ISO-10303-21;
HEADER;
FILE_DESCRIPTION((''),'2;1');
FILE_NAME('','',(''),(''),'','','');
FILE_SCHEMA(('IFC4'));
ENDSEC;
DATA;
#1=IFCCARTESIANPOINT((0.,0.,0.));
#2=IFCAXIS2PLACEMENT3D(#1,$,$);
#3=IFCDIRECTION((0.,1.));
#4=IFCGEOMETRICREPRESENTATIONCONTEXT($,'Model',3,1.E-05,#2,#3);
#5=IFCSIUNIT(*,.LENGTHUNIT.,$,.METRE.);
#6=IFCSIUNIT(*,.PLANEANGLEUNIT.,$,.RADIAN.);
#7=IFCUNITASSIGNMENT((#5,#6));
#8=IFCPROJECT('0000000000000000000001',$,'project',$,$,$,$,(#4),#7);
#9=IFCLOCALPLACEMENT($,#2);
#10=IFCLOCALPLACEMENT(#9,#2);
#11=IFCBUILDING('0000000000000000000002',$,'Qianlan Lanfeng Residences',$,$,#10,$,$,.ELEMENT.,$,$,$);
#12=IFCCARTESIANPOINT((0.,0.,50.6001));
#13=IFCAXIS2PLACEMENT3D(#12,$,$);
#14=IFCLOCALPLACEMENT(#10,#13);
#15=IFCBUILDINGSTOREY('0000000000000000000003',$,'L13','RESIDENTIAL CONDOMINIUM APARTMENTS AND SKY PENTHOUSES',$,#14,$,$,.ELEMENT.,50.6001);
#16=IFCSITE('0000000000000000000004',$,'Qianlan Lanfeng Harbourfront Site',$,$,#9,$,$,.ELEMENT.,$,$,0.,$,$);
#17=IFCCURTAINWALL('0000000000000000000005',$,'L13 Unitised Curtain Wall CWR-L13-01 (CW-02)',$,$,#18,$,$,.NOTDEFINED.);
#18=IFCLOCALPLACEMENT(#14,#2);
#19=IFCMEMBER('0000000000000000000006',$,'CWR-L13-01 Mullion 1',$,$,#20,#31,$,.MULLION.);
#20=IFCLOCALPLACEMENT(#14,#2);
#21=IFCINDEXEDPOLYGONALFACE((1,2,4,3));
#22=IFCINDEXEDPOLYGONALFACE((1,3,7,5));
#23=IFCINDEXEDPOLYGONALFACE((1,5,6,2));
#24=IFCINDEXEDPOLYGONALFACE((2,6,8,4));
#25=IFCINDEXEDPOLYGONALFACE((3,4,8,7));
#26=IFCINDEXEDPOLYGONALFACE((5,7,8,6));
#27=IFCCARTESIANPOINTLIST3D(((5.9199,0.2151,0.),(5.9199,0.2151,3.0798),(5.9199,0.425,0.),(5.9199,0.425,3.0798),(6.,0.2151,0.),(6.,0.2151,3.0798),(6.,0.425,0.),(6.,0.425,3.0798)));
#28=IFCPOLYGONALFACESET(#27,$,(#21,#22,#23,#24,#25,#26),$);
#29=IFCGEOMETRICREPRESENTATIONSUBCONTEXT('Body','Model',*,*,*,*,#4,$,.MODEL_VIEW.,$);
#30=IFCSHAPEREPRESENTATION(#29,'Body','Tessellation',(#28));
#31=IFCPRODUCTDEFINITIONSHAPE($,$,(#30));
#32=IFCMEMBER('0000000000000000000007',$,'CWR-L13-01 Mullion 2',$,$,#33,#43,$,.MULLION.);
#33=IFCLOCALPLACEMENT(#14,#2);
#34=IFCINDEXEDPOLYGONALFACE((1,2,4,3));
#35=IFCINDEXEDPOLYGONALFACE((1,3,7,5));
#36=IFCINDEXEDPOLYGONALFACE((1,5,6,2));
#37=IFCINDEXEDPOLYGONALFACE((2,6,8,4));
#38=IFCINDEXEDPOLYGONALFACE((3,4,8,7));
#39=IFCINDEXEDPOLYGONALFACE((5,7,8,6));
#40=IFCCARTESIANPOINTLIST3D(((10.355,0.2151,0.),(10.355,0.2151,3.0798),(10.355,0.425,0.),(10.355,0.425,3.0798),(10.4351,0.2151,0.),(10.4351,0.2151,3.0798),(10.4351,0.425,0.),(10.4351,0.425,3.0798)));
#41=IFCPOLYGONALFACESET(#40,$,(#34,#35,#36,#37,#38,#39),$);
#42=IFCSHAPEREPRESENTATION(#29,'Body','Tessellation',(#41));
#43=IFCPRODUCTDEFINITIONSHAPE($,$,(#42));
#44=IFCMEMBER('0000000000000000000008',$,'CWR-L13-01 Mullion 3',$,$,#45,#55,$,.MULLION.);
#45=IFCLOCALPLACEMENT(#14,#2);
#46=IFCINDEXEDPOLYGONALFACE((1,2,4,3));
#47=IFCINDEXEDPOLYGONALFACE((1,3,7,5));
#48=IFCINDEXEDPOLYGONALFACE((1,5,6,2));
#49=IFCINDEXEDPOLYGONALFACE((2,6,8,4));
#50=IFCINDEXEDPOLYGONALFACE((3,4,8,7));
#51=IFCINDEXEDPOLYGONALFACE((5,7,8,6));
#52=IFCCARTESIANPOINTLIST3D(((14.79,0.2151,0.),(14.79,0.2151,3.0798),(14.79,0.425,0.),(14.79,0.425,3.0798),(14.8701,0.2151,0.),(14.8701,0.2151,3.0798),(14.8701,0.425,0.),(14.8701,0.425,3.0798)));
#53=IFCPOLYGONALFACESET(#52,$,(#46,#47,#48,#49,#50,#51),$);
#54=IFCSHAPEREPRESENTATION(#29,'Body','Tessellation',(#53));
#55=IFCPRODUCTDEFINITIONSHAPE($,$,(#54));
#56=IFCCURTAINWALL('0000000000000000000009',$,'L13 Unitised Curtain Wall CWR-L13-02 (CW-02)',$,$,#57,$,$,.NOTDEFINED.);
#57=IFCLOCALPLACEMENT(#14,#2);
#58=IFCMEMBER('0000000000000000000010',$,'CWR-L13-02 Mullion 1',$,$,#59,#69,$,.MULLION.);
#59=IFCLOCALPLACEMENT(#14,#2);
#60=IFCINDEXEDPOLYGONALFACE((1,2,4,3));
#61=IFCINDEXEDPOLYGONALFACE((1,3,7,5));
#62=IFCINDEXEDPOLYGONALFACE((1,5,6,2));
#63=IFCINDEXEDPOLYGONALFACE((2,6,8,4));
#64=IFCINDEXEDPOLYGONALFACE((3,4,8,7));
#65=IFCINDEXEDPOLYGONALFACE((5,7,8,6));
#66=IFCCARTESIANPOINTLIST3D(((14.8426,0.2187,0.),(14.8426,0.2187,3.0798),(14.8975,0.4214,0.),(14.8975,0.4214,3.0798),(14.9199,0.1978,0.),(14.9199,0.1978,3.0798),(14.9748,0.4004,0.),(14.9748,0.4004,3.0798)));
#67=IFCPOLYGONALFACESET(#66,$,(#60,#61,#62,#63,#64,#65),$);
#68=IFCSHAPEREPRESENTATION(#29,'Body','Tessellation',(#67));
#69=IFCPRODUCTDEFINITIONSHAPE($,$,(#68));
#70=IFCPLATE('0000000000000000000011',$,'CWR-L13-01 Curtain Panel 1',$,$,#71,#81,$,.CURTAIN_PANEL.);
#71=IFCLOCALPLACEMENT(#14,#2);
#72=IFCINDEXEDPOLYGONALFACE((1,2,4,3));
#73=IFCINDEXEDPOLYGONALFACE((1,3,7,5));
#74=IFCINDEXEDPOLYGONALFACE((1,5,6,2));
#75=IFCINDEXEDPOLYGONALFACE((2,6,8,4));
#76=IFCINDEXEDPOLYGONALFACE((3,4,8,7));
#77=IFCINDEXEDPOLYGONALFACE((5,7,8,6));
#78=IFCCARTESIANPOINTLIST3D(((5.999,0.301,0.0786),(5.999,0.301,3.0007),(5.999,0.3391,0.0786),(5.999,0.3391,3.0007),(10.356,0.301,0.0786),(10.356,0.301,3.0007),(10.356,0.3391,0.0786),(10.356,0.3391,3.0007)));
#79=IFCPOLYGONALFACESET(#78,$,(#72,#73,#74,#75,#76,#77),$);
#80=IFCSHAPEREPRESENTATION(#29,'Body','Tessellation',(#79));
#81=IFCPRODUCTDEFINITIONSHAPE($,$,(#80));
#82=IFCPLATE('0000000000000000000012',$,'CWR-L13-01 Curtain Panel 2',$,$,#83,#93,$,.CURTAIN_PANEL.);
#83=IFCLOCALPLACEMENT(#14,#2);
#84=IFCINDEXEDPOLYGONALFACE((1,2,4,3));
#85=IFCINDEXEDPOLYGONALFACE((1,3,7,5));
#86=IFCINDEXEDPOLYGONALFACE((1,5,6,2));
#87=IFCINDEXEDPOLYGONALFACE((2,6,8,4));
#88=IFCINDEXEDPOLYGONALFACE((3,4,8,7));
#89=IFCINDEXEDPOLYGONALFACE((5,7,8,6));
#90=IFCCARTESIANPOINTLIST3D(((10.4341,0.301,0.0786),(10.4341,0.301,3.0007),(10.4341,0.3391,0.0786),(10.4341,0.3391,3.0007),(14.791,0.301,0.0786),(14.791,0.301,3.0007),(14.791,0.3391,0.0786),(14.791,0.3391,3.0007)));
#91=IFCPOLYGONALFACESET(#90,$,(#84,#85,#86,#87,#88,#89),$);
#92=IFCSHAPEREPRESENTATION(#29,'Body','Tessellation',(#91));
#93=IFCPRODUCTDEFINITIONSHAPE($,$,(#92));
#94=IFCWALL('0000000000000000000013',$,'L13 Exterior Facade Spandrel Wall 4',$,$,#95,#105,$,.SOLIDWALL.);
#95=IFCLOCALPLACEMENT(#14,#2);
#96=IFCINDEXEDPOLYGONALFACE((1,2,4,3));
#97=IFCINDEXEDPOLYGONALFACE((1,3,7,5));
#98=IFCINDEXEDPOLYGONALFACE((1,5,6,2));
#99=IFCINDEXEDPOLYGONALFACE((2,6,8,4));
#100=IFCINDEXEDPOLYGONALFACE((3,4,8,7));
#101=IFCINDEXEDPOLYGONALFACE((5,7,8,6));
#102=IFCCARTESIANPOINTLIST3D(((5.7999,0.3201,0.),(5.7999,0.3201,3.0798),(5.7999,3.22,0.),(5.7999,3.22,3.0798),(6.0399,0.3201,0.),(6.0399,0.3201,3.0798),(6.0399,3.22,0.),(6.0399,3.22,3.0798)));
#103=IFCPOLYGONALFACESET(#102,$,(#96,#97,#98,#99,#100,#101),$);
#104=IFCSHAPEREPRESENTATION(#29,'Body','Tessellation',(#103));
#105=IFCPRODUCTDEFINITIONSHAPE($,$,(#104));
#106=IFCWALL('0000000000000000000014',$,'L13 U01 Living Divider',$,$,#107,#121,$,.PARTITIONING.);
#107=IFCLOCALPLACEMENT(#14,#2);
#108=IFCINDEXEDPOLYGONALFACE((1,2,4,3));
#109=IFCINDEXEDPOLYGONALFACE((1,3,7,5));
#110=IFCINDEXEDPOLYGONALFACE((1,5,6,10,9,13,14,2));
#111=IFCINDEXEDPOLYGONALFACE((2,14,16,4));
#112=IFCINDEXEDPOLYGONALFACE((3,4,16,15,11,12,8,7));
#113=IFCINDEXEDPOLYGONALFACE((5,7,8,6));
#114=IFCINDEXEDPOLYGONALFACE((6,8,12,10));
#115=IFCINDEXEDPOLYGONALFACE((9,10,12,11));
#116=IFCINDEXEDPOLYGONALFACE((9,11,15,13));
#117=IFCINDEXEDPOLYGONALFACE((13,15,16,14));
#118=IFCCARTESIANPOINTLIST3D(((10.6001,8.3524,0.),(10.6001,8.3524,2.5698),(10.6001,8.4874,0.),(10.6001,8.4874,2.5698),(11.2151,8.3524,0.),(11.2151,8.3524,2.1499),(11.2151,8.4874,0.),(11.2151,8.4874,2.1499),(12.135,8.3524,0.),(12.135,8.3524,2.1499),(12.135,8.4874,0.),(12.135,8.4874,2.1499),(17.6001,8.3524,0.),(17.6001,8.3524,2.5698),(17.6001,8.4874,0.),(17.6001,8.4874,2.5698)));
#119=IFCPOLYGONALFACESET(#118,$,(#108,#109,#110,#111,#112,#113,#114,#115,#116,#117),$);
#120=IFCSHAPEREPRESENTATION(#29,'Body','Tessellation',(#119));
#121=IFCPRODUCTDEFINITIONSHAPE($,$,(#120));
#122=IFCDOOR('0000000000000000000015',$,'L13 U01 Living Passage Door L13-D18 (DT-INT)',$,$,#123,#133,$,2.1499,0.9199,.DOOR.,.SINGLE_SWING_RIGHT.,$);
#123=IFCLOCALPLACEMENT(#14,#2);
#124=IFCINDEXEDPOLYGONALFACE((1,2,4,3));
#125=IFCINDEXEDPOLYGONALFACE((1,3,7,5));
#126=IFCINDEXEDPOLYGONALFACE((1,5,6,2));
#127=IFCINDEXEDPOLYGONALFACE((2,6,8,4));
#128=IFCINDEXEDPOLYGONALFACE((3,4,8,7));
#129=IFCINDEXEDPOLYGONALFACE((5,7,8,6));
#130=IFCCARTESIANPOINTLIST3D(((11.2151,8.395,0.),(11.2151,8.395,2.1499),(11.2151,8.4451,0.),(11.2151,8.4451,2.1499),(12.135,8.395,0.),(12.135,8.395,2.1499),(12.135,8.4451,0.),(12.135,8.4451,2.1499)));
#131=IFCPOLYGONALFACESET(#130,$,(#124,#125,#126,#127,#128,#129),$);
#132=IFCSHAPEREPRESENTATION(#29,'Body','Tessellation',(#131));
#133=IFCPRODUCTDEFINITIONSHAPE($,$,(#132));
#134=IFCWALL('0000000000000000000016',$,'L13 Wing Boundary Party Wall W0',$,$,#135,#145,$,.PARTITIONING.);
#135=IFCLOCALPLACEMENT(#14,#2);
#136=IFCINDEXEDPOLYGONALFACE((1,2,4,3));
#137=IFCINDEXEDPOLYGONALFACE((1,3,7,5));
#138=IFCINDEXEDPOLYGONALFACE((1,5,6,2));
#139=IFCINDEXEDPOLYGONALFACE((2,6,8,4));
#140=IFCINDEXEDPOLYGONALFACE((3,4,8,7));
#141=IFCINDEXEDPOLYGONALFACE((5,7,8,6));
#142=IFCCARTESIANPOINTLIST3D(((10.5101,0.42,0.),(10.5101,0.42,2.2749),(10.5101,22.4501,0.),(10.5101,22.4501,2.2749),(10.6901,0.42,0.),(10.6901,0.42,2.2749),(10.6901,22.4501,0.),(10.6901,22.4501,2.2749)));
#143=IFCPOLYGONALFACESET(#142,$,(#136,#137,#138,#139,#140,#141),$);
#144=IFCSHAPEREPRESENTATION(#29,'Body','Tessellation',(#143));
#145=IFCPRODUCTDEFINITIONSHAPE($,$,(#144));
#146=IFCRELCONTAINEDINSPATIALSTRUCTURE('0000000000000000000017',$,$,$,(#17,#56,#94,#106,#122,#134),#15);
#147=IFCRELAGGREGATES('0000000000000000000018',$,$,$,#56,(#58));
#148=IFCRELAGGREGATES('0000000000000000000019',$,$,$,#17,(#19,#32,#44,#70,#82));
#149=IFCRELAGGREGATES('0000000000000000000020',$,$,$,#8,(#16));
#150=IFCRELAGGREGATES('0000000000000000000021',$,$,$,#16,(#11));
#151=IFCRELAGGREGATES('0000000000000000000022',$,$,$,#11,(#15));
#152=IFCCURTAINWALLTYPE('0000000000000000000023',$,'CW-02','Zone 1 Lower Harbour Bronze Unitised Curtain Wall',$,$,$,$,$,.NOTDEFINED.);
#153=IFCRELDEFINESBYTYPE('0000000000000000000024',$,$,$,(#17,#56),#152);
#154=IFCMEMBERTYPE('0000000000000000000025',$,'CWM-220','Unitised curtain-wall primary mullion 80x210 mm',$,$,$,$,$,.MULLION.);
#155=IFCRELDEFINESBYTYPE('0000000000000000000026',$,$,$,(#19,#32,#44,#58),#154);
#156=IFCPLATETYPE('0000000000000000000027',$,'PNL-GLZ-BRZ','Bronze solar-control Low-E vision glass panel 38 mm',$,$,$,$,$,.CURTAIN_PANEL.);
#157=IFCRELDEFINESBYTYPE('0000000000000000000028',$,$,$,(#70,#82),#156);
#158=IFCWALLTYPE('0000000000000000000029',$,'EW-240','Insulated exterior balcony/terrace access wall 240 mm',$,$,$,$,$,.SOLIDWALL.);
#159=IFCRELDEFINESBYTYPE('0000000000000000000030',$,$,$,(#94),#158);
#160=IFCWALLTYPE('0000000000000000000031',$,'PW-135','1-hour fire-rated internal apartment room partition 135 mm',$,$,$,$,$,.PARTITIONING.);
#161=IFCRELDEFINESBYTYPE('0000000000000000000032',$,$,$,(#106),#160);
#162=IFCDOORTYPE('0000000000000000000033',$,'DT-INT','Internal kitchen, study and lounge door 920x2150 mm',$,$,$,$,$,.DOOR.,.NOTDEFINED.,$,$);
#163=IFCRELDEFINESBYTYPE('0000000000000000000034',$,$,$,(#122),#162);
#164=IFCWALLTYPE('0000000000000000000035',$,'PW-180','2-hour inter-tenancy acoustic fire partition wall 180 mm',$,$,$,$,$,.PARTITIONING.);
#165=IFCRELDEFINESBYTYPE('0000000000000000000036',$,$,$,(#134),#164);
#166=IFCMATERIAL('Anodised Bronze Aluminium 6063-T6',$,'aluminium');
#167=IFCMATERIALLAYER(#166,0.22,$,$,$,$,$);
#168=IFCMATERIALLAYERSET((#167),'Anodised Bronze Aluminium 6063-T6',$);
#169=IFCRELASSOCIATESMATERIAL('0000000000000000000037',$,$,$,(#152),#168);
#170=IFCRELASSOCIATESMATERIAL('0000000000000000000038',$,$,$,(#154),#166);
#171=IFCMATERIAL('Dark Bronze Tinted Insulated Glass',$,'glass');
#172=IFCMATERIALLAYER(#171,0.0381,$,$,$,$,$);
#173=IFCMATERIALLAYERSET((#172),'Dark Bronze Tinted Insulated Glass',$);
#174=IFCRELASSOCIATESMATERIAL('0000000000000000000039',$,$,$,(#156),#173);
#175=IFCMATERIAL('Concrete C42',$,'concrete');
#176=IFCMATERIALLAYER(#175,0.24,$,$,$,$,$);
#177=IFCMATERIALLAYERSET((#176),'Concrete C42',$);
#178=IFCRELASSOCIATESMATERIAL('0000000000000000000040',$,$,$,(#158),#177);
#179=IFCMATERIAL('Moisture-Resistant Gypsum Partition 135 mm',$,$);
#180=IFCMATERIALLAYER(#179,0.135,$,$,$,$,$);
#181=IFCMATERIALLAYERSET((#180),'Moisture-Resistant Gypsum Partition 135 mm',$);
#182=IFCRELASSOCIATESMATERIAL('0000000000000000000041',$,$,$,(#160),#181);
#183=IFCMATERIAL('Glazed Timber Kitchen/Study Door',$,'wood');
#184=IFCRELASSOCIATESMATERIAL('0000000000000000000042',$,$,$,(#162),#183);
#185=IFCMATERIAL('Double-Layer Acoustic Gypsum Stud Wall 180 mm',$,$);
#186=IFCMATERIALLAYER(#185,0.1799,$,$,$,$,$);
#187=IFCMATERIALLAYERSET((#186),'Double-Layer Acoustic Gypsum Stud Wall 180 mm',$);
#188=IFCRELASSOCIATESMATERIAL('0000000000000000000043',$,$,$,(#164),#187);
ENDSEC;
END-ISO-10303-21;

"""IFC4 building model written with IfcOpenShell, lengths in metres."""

from ifc_helpers import new_model, si_unit, direction, frame, frame_2d, origin, origin_2d, place, context, subcontext, project, spatial, rectangle, extrude, source, transform, mapped, material, layer, layer_set, material_profile, profile_set, type_object, element, fill, aggregate, save


model = new_model("IFC4")

# Units and contexts
model_context = context("Model", 3, precision=1e-05, world=origin(), true_north=direction((0.0, 1.0)))
body_context = subcontext(model_context, "Body", "Model", "MODEL_VIEW")
ifc_project = project(units=[si_unit("LENGTHUNIT", "METRE"), si_unit("PLANEANGLEUNIT", "RADIAN")], contexts=[model_context])

# Site, building, storey
site_placement = place(None, origin())
site = spatial("IfcSite", under=ifc_project, at=site_placement, Name="Qianlan Lanfeng Harbourfront Site", CompositionType="ELEMENT", RefElevation=0.0)
building_placement = place(site_placement, origin())
building = spatial("IfcBuilding", under=site, at=building_placement, Name="Qianlan Lanfeng Residences", CompositionType="ELEMENT")
storey_placement = place(building_placement, frame((0.0, 0.0, 50.6001)))
storey = spatial("IfcBuildingStorey", under=building, at=storey_placement, Name="L13", Description="RESIDENTIAL CONDOMINIUM APARTMENTS AND SKY PENTHOUSES", CompositionType="ELEMENT", Elevation=50.6001)

# Curtain wall, members
ifc_material_1 = material(Name="Anodised Bronze Aluminium 6063-T6", Category="aluminium")
ifc_layer_1 = layer(ifc_material_1, 0.22)
ifc_layer_set_1 = layer_set([ifc_layer_1], Name="Anodised Bronze Aluminium 6063-T6")
curtain_wall_type = type_object("IfcCurtainWallType", Name="CW-02", Description="Zone 1 Lower Harbour Bronze Unitised Curtain Wall", PredefinedType="NOTDEFINED", material=ifc_layer_set_1)
curtain_wall_1_placement = place(storey_placement, origin())
curtain_wall_1 = element("IfcCurtainWall", 1, at=curtain_wall_1_placement, inside=storey, type_object=curtain_wall_type, Name="L13 Unitised Curtain Wall CWR-L13-01 (CW-02)", PredefinedType="NOTDEFINED")
ifc_material_profile_1 = material_profile(ifc_material_1, rectangle(XDim=0.0801, YDim=0.21, at=origin_2d()), Name="ALU MULLION 80x210")
ifc_profile_set_1 = profile_set([ifc_material_profile_1], Name="Anodised Bronze Aluminium 6063-T6")
member_type_1 = type_object("IfcMemberType", Name="CWM-220", Description="Unitised curtain-wall primary mullion 80x210 mm", PredefinedType="MULLION", material=ifc_profile_set_1)
shared_shape_1 = source(origin(), body_context, "Body", "SweptSolid", [
    extrude(rectangle(XDim=0.0801, YDim=0.21, at=origin_2d()), origin(), (0.0, 0.0, 1.0), 3.0798),
])
member_1_placement = place(storey_placement, frame((5.96, 0.3201, 0.0), z_axis=(0.0, 0.0, 1.0), x_axis=(1.0, 0.0, 0.0)))
member_1 = element("IfcMember", 2, at=member_1_placement, type_object=member_type_1, Name="CWR-L13-01 Mullion 1", PredefinedType="MULLION", context=body_context, shape_type="MappedRepresentation", body=[
    mapped(shared_shape_1, transform((0.0, 0.0, 0.0), scale=1.0)),
])
member_2_placement = place(storey_placement, frame((10.395, 0.3201, 0.0), z_axis=(0.0, 0.0, 1.0), x_axis=(1.0, 0.0, 0.0)))
member_2 = element("IfcMember", 3, at=member_2_placement, type_object=member_type_1, Name="CWR-L13-01 Mullion 2", PredefinedType="MULLION", context=body_context, shape_type="MappedRepresentation", body=[
    mapped(shared_shape_1, transform((0.0, 0.0, 0.0), scale=1.0)),
])
member_3_placement = place(storey_placement, frame((14.8301, 0.3201, 0.0), z_axis=(0.0, 0.0, 1.0), x_axis=(1.0, 0.0, 0.0)))
member_3 = element("IfcMember", 4, at=member_3_placement, type_object=member_type_1, Name="CWR-L13-01 Mullion 3", PredefinedType="MULLION", context=body_context, shape_type="MappedRepresentation", body=[
    mapped(shared_shape_1, transform((0.0, 0.0, 0.0), scale=1.0)),
])

# Curtain wall, member
curtain_wall_2_placement = place(storey_placement, origin())
curtain_wall_2 = element("IfcCurtainWall", 5, at=curtain_wall_2_placement, inside=storey, type_object=curtain_wall_type, Name="L13 Unitised Curtain Wall CWR-L13-02 (CW-02)", PredefinedType="NOTDEFINED")
member_4_placement = place(storey_placement, frame((14.9087, 0.3096, 0.0), z_axis=(0.0, 0.0, 1.0), x_axis=(0.965263, -0.261281, 0.0)))
member_4 = element("IfcMember", 6, at=member_4_placement, type_object=member_type_1, Name="CWR-L13-02 Mullion 1", PredefinedType="MULLION", context=body_context, shape_type="MappedRepresentation", body=[
    mapped(shared_shape_1, transform((0.0, 0.0, 0.0), scale=1.0)),
])
aggregate(curtain_wall_2, [member_4])

# Plates
ifc_material_2 = material(Name="Dark Bronze Tinted Insulated Glass", Category="glass")
ifc_layer_2 = layer(ifc_material_2, 0.0381)
ifc_layer_set_2 = layer_set([ifc_layer_2], Name="Dark Bronze Tinted Insulated Glass")
plate_type = type_object("IfcPlateType", Name="PNL-GLZ-BRZ", Description="Bronze solar-control Low-E vision glass panel 38 mm", PredefinedType="CURTAIN_PANEL", material=ifc_layer_set_2)
shared_shape_2 = source(origin(), body_context, "Body", "SweptSolid", [
    extrude(rectangle(XDim=4.3569, YDim=0.0381, at=origin_2d()), origin(), (0.0, 0.0, 1.0), 2.9221),
])
plate_1_placement = place(storey_placement, frame((8.1775, 0.3201, 0.0786), z_axis=(0.0, 0.0, 1.0), x_axis=(1.0, 0.0, 0.0)))
plate_1 = element("IfcPlate", 7, at=plate_1_placement, type_object=plate_type, Name="CWR-L13-01 Curtain Panel 1", PredefinedType="CURTAIN_PANEL", context=body_context, shape_type="MappedRepresentation", body=[
    mapped(shared_shape_2, transform((0.0, 0.0, 0.0), scale=1.0)),
])
plate_2_placement = place(storey_placement, frame((12.6125, 0.3201, 0.0786), z_axis=(0.0, 0.0, 1.0), x_axis=(1.0, 0.0, 0.0)))
plate_2 = element("IfcPlate", 8, at=plate_2_placement, type_object=plate_type, Name="CWR-L13-01 Curtain Panel 2", PredefinedType="CURTAIN_PANEL", context=body_context, shape_type="MappedRepresentation", body=[
    mapped(shared_shape_2, transform((0.0, 0.0, 0.0), scale=1.0)),
])
aggregate(curtain_wall_1, [member_1, member_2, member_3, plate_1, plate_2])

# Wall
ifc_material_3 = material(Name="Concrete C42", Category="concrete")
ifc_layer_3 = layer(ifc_material_3, 0.24)
ifc_layer_set_3 = layer_set([ifc_layer_3], Name="Concrete C42")
wall_type_1 = type_object("IfcWallType", Name="EW-240", Description="Insulated exterior balcony/terrace access wall 240 mm", PredefinedType="SOLIDWALL", material=ifc_layer_set_3)
wall_1_placement = place(storey_placement, frame((5.9199, 3.22, 0.0), z_axis=(0.0, 0.0, 1.0), x_axis=(0.0, -1.0, 0.0)))
element("IfcWall", 9, at=wall_1_placement, inside=storey, type_object=wall_type_1, Name="L13 Exterior Facade Spandrel Wall 4", PredefinedType="SOLIDWALL", context=body_context, shape_type="SweptSolid", body=[
    extrude(rectangle(XDim=2.8999, YDim=0.24, at=frame_2d((1.45, 0.0))), origin(), (0.0, 0.0, 1.0), 3.0798),
])

# Wall, opening, door
ifc_material_4 = material(Name="Moisture-Resistant Gypsum Partition 135 mm")
ifc_layer_4 = layer(ifc_material_4, 0.135)
ifc_layer_set_4 = layer_set([ifc_layer_4], Name="Moisture-Resistant Gypsum Partition 135 mm")
wall_type_2 = type_object("IfcWallType", Name="PW-135", Description="1-hour fire-rated internal apartment room partition 135 mm", PredefinedType="PARTITIONING", material=ifc_layer_set_4)
wall_2_placement = place(storey_placement, frame((10.6001, 8.4199, 0.0), z_axis=(0.0, 0.0, 1.0), x_axis=(1.0, 0.0, 0.0)))
wall_2 = element("IfcWall", 10, at=wall_2_placement, inside=storey, type_object=wall_type_2, Name="L13 U01 Living Divider", PredefinedType="PARTITIONING", context=body_context, shape_type="SweptSolid", body=[
    extrude(rectangle(XDim=7.0, YDim=0.135, at=frame_2d((3.5, 0.0))), origin(), (0.0, 0.0, 1.0), 2.5698),
])
opening_1_placement = place(wall_2_placement, frame((0.615, 0.0, 0.0)))
opening_1 = element("IfcOpeningElement", 11, at=opening_1_placement, cuts=wall_2, PredefinedType="OPENING", context=body_context, shape_type="SweptSolid", body=[
    extrude(rectangle(XDim=0.9199, YDim=2.1499, at=frame_2d((0.46, 1.075))), frame((0.0, 0.0776, 0.0), z_axis=(0.0, -1.0, 0.0), x_axis=(1.0, 0.0, 0.0)), (0.0, 0.0, 1.0), 0.155),
])
ifc_material_5 = material(Name="Glazed Timber Kitchen/Study Door", Category="wood")
door_type_1 = type_object("IfcDoorType", Name="DT-INT", Description="Internal kitchen, study and lounge door 920x2150 mm", OperationType="NOTDEFINED", PredefinedType="DOOR", material=ifc_material_5)
door_1_placement = place(opening_1_placement, frame((0.9199, 0.0, 0.0), z_axis=(0.0, 0.0, 1.0), x_axis=(-1.0, 0.0, 0.0)))
door_1 = element("IfcDoor", 12, at=door_1_placement, inside=storey, type_object=door_type_1, Name="L13 U01 Living Passage Door L13-D18 (DT-INT)", OperationType="SINGLE_SWING_RIGHT", OverallHeight=2.1499, OverallWidth=0.9199, PredefinedType="DOOR", context=body_context, shape_type="SweptSolid", body=[
    extrude(rectangle(XDim=0.9199, YDim=2.1499, at=frame_2d((0.46, 1.075))), frame((0.0, 0.0249, 0.0), z_axis=(0.0, -1.0, 0.0), x_axis=(1.0, 0.0, 0.0)), (0.0, 0.0, 1.0), 0.05),
])
fill(opening_1, door_1)

# Wall
ifc_material_6 = material(Name="Double-Layer Acoustic Gypsum Stud Wall 180 mm")
ifc_layer_5 = layer(ifc_material_6, 0.1799)
ifc_layer_set_5 = layer_set([ifc_layer_5], Name="Double-Layer Acoustic Gypsum Stud Wall 180 mm")
wall_type_3 = type_object("IfcWallType", Name="PW-180", Description="2-hour inter-tenancy acoustic fire partition wall 180 mm", PredefinedType="PARTITIONING", material=ifc_layer_set_5)
wall_3_placement = place(storey_placement, frame((10.6001, 0.4199, 0.0), z_axis=(0.0, 0.0, 1.0), x_axis=(0.0, 1.0, 0.0)))
element("IfcWall", 13, at=wall_3_placement, inside=storey, type_object=wall_type_3, Name="L13 Wing Boundary Party Wall W0", PredefinedType="PARTITIONING", context=body_context, shape_type="SweptSolid", body=[
    extrude(rectangle(XDim=22.03, YDim=0.1799, at=frame_2d((11.0151, 0.0))), origin(), (0.0, 0.0, 1.0), 2.2749),
])

save(model, "model.ifc")
